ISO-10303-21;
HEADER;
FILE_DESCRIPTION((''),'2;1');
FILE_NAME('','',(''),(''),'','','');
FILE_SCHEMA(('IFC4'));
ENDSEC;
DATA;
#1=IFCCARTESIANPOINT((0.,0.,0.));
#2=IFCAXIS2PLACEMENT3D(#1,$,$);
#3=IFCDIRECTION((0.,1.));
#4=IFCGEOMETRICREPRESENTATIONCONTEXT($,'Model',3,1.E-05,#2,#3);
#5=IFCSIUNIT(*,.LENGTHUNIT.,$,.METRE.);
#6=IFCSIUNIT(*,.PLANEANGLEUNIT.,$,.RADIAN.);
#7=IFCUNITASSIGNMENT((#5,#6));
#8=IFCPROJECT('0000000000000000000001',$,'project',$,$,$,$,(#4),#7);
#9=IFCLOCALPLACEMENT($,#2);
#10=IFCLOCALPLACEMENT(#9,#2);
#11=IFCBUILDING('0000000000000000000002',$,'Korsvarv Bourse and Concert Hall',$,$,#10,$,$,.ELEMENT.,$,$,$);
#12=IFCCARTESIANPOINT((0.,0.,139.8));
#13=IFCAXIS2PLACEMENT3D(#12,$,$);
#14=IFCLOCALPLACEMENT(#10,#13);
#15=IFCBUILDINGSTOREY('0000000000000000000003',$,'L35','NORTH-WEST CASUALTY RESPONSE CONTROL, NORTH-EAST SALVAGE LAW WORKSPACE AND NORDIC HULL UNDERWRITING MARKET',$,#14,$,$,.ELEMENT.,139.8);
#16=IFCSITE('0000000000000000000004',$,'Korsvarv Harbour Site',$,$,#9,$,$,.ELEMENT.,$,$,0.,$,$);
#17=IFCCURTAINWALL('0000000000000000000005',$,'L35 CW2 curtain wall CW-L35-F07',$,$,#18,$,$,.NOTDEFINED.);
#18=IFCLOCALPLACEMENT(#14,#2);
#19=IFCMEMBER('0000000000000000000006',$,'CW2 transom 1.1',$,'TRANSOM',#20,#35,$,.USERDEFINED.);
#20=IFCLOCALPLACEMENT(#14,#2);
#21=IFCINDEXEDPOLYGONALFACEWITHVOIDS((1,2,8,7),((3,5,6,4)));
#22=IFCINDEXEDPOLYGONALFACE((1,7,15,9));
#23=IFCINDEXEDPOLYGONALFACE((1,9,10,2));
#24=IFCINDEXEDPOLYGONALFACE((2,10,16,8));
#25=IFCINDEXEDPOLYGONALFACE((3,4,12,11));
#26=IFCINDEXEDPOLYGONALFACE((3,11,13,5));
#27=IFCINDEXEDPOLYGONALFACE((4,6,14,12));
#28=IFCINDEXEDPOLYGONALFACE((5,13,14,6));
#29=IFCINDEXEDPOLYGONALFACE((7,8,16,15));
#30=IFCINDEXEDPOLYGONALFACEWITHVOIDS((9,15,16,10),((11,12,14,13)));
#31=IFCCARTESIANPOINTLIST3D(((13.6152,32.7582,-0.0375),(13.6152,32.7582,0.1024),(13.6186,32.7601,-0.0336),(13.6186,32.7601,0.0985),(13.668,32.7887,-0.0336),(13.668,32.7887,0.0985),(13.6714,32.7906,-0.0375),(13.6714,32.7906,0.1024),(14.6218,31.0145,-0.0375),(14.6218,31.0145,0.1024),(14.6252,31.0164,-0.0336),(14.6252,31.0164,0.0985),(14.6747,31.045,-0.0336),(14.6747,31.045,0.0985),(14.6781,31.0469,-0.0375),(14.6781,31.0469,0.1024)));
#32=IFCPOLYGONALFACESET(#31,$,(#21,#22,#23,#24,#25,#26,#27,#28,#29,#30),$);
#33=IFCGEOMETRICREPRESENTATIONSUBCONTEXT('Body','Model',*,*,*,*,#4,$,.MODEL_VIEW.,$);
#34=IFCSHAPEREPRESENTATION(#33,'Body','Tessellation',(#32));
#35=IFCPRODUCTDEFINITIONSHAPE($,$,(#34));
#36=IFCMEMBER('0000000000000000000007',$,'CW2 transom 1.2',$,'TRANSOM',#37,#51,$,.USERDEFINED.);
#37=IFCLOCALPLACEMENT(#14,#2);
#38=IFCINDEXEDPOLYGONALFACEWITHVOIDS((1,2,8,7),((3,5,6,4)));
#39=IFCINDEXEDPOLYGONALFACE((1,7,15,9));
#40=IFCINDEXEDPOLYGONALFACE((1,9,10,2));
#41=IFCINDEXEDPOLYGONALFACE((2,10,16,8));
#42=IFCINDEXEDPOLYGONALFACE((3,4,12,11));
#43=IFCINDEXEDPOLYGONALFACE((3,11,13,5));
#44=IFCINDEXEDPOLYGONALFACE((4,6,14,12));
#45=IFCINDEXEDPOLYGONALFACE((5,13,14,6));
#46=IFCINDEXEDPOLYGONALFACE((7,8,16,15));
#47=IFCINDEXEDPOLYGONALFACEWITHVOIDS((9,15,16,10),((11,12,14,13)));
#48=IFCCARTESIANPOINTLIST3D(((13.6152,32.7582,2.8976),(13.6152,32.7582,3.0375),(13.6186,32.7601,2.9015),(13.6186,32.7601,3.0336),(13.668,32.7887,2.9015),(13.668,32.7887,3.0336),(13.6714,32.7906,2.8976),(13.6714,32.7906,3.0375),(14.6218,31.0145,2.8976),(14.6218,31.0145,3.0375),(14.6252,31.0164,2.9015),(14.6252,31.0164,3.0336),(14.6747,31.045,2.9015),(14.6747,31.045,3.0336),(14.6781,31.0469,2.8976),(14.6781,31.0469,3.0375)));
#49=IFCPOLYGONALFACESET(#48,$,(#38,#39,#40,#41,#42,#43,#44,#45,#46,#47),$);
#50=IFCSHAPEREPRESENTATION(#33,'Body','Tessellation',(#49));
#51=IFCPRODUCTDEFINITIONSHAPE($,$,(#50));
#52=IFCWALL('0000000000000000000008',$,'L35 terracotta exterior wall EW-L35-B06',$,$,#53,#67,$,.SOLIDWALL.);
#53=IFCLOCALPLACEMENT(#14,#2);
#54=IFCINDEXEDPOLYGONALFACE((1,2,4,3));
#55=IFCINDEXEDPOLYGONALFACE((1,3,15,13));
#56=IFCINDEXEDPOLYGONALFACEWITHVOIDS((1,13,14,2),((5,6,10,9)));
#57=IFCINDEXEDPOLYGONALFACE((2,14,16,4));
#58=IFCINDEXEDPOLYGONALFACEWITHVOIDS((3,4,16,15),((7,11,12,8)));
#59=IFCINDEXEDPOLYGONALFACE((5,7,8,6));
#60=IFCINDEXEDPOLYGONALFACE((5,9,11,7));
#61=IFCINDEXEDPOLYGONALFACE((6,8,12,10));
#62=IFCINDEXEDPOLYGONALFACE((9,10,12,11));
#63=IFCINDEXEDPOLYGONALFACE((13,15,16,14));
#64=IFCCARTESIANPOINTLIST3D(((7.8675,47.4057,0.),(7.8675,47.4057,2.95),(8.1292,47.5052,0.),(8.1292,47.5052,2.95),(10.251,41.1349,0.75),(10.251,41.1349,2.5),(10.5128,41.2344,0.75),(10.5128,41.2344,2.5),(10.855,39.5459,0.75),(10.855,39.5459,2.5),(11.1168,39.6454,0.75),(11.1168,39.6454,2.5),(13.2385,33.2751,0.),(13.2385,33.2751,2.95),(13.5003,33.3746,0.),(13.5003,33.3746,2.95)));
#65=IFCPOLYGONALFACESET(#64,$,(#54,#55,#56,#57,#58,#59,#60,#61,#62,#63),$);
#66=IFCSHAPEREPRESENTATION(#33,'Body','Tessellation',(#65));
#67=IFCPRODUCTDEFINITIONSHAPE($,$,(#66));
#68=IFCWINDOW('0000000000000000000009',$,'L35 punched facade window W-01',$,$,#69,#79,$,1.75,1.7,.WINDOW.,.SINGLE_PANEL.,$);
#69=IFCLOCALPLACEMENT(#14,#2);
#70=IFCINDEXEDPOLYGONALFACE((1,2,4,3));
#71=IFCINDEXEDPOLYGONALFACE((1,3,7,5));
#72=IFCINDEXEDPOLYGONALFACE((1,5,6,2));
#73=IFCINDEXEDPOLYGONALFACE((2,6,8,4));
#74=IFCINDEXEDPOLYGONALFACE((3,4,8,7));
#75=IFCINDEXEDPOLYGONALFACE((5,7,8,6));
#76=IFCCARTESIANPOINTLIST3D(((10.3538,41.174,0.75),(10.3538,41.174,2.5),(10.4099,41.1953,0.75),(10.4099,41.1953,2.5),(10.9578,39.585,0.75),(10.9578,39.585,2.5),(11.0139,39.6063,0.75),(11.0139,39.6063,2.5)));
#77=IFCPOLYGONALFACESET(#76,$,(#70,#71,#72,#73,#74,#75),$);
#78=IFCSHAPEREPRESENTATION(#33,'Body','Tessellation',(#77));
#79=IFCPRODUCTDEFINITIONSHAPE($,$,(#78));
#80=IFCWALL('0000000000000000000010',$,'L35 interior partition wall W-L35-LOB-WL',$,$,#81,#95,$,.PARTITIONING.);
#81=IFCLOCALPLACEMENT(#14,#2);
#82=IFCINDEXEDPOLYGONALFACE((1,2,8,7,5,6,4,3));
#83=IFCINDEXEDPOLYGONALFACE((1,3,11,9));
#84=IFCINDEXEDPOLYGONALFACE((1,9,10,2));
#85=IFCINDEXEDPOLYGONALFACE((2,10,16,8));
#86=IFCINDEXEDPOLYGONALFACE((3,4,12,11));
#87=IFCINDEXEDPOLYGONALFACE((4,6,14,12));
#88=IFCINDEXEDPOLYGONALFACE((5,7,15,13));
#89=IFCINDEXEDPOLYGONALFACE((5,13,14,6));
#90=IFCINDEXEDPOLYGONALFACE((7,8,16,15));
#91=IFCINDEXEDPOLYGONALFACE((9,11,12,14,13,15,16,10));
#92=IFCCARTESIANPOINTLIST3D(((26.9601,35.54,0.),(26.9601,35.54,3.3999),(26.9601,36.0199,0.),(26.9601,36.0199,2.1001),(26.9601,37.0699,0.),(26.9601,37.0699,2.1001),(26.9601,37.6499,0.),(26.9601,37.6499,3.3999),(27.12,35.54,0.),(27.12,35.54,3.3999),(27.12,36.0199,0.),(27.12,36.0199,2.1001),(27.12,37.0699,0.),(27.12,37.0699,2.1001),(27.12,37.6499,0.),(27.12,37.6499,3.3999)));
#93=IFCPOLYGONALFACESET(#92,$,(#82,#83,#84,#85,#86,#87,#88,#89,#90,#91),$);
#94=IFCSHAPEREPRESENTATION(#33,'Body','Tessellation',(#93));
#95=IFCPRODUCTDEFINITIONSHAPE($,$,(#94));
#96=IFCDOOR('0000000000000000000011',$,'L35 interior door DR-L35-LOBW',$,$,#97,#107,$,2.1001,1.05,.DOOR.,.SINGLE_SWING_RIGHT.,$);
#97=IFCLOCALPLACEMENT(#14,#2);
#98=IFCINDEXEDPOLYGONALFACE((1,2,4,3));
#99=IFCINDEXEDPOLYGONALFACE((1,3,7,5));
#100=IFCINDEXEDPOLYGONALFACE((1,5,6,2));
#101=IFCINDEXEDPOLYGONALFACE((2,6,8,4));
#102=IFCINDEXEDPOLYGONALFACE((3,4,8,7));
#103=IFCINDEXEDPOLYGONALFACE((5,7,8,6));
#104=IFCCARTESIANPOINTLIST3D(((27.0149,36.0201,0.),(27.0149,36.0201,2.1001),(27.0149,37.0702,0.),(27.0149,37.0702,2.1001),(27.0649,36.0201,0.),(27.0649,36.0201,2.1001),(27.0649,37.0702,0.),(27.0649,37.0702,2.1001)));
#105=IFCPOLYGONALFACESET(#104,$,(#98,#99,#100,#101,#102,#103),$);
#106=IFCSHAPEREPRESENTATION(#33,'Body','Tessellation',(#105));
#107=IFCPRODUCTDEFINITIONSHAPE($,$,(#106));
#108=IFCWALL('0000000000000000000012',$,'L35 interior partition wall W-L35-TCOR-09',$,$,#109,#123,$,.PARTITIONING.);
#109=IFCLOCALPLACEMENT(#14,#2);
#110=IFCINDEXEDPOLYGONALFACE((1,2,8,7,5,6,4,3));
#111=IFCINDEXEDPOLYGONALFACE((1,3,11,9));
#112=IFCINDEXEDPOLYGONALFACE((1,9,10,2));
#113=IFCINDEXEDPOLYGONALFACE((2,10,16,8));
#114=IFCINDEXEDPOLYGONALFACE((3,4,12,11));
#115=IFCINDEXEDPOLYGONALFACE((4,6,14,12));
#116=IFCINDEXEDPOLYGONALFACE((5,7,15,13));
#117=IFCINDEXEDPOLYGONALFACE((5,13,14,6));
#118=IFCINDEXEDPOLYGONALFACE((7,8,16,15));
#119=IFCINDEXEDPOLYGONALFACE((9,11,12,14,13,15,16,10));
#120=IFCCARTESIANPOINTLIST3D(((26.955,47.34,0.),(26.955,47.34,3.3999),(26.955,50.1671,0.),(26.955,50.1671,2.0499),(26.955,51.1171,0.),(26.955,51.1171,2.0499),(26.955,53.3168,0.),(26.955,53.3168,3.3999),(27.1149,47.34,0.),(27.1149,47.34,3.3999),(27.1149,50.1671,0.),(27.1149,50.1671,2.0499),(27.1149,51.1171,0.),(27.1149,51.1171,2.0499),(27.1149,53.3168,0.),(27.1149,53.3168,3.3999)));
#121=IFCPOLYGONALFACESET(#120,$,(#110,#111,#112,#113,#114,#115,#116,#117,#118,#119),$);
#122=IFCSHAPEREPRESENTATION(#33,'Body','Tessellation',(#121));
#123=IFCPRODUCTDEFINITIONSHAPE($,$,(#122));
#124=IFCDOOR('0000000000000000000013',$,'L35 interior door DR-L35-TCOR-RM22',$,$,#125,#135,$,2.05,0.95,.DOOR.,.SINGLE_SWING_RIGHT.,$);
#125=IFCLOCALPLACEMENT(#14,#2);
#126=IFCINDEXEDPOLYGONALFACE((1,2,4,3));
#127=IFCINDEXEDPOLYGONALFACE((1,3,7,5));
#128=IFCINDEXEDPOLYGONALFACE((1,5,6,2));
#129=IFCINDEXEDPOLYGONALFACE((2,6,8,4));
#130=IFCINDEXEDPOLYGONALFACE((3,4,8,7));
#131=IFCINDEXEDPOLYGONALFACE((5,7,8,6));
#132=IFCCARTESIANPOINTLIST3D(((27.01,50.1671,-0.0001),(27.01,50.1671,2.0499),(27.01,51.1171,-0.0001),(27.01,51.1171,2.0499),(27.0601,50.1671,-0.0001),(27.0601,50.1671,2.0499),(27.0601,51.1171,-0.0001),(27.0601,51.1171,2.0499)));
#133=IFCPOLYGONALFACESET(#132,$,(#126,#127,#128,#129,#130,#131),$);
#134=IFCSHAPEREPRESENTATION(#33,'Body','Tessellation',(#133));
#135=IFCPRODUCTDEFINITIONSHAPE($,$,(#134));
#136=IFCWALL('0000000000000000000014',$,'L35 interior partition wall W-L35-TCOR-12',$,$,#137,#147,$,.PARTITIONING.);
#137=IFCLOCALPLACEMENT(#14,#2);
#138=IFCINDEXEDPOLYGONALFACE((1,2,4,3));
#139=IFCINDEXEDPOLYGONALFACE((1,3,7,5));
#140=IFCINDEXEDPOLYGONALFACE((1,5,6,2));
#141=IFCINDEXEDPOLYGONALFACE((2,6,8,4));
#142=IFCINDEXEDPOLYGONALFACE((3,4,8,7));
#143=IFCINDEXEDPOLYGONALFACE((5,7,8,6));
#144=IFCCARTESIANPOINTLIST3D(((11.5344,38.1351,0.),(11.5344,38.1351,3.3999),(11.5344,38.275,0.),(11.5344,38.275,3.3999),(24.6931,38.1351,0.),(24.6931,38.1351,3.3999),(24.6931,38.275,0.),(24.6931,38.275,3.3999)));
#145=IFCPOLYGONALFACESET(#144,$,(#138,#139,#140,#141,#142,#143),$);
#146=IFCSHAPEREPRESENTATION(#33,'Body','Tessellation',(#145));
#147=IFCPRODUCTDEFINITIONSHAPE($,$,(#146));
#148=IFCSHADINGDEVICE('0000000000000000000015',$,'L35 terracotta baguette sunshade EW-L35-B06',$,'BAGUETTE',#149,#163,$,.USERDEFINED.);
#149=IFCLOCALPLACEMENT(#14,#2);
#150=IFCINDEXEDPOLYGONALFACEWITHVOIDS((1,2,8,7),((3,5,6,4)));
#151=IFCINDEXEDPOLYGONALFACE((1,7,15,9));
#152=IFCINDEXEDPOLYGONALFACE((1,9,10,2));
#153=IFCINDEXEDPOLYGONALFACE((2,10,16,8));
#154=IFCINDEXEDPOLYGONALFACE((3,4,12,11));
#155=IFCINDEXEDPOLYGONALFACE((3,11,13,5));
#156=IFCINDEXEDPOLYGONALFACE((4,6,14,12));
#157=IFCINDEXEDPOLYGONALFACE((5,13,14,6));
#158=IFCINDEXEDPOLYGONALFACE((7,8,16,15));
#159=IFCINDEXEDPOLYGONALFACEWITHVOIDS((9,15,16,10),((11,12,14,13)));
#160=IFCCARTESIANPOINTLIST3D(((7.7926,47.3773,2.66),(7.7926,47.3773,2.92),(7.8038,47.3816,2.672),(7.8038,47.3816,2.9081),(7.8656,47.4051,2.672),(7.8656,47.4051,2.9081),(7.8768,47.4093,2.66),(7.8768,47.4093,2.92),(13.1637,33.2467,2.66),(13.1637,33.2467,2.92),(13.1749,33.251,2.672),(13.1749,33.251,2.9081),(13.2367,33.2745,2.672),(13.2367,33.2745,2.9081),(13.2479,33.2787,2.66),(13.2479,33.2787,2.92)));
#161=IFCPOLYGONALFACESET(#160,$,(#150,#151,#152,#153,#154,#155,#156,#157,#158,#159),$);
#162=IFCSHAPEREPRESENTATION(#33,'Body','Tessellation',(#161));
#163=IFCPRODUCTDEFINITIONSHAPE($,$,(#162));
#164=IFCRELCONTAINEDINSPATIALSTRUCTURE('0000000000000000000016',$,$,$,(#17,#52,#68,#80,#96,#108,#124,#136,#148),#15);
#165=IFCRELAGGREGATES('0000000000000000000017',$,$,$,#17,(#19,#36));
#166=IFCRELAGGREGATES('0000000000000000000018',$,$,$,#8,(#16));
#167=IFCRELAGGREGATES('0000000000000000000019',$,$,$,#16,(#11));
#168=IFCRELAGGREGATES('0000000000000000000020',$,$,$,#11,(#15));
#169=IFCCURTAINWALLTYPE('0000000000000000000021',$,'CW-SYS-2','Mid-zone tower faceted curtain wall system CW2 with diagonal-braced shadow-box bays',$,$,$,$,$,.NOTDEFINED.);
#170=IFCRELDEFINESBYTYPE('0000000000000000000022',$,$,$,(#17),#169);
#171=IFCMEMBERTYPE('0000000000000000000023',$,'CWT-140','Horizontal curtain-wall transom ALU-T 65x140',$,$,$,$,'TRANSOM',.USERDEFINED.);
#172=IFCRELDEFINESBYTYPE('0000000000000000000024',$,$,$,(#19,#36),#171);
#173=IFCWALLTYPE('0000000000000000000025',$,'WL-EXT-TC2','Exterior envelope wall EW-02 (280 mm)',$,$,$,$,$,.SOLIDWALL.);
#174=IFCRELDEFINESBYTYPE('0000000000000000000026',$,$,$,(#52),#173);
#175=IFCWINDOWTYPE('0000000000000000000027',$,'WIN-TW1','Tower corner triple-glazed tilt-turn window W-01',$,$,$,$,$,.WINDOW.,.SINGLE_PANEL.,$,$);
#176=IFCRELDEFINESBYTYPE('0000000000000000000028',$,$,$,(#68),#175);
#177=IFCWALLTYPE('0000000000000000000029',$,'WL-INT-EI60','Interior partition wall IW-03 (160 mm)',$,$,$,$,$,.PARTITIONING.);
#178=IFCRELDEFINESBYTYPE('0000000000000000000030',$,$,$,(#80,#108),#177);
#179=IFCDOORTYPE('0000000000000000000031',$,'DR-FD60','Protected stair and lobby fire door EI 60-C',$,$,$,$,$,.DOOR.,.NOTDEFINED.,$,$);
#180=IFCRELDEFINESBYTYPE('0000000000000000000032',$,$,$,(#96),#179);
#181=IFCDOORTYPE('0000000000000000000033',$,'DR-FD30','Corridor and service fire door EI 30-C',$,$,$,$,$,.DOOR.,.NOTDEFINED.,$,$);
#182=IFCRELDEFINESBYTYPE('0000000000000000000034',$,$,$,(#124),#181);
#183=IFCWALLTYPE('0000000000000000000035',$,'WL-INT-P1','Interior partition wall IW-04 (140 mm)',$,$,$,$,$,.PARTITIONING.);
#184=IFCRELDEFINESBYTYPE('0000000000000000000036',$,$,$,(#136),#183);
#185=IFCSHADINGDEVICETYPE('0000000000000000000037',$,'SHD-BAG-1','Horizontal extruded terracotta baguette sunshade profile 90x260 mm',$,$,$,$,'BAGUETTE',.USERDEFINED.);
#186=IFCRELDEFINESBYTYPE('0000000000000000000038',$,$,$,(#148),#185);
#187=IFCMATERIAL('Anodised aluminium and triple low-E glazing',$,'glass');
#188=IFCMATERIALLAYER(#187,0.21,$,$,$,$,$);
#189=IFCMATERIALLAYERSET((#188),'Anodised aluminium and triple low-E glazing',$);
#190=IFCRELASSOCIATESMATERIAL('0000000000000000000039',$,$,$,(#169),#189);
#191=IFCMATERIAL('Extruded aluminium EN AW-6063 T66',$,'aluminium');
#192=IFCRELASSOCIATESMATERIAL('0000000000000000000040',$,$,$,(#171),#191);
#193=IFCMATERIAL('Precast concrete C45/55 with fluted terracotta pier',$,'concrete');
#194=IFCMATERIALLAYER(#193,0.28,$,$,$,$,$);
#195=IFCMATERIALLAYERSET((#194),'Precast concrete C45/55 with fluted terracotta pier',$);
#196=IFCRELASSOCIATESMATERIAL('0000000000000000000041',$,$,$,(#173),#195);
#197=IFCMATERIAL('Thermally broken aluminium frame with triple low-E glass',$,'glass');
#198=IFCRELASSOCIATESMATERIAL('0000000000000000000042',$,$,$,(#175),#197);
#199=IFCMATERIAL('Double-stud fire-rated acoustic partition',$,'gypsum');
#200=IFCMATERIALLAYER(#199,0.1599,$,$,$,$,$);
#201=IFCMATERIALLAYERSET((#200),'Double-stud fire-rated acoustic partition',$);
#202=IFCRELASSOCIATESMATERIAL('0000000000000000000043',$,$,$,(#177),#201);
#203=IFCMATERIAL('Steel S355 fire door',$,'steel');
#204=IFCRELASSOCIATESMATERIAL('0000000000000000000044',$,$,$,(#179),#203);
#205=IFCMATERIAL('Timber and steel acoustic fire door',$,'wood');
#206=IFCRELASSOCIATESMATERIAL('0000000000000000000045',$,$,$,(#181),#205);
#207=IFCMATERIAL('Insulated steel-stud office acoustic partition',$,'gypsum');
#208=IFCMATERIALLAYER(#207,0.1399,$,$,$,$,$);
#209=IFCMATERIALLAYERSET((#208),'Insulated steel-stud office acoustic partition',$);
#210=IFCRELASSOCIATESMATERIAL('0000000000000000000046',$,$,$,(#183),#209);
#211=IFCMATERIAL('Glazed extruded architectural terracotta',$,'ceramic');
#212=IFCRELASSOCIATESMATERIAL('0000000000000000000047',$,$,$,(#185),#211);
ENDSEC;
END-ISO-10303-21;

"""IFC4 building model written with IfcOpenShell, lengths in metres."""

from ifc_helpers import new_model, si_unit, direction, frame, frame_2d, origin, origin_2d, place, context, subcontext, project, spatial, rectangle, hollow_rectangle, extrude, source, transform, mapped, material, layer, layer_set, material_profile, profile_set, type_object, element, fill, aggregate, save


model = new_model("IFC4")

# Units and contexts
model_context = context("Model", 3, precision=1e-05, world=origin(), true_north=direction((0.0, 1.0)))
body_context = subcontext(model_context, "Body", "Model", "MODEL_VIEW")
ifc_project = project(units=[si_unit("LENGTHUNIT", "METRE"), si_unit("PLANEANGLEUNIT", "RADIAN")], contexts=[model_context])

# Site, building, storey
site_placement = place(None, origin())
site = spatial("IfcSite", under=ifc_project, at=site_placement, Name="Korsvarv Harbour Site", CompositionType="ELEMENT", RefElevation=0.0)
building_placement = place(site_placement, origin())
building = spatial("IfcBuilding", under=site, at=building_placement, Name="Korsvarv Bourse and Concert Hall", CompositionType="ELEMENT")
storey_placement = place(building_placement, frame((0.0, 0.0, 139.8)))
storey = spatial("IfcBuildingStorey", under=building, at=storey_placement, Name="L35", Description="NORTH-WEST CASUALTY RESPONSE CONTROL, NORTH-EAST SALVAGE LAW WORKSPACE AND NORDIC HULL UNDERWRITING MARKET", CompositionType="ELEMENT", Elevation=139.8)

# Curtain wall, members
ifc_material_1 = material(Name="Anodised aluminium and triple low-E glazing", Category="glass")
ifc_layer_1 = layer(ifc_material_1, 0.21)
ifc_layer_set_1 = layer_set([ifc_layer_1], Name="Anodised aluminium and triple low-E glazing")
curtain_wall_type = type_object("IfcCurtainWallType", Name="CW-SYS-2", Description="Mid-zone tower faceted curtain wall system CW2 with diagonal-braced shadow-box bays", PredefinedType="NOTDEFINED", material=ifc_layer_set_1)
curtain_wall_placement = place(storey_placement, origin())
curtain_wall = element("IfcCurtainWall", 1, at=curtain_wall_placement, inside=storey, type_object=curtain_wall_type, Name="L35 CW2 curtain wall CW-L35-F07", PredefinedType="NOTDEFINED")
ifc_material_2 = material(Name="Extruded aluminium EN AW-6063 T66", Category="aluminium")
ifc_material_profile_1 = material_profile(ifc_material_2, hollow_rectangle(XDim=0.0649, YDim=0.1399, WallThickness=0.0039, at=origin_2d()), Name="ALU-T 65x140")
ifc_profile_set_1 = profile_set([ifc_material_profile_1], Name="Extruded aluminium EN AW-6063 T66")
member_type_1 = type_object("IfcMemberType", Name="CWT-140", Description="Horizontal curtain-wall transom ALU-T 65x140", ElementType="TRANSOM", PredefinedType="USERDEFINED", material=ifc_profile_set_1)
shared_shape_1 = source(origin(), body_context, "Body", "SweptSolid", [
    extrude(hollow_rectangle(XDim=0.0649, YDim=0.1399, WallThickness=0.0039, at=origin_2d()), origin(), (0.0, 0.0, 1.0), 2.0134),
])
member_1_placement = place(storey_placement, frame((13.6433, 32.7744, 0.0325), z_axis=(0.49996, -0.866048, 0.0), x_axis=(0.866048, 0.49996, 0.0)))
member_1 = element("IfcMember", 2, at=member_1_placement, type_object=member_type_1, Name="CW2 transom 1.1", ObjectType="TRANSOM", PredefinedType="USERDEFINED", context=body_context, shape_type="MappedRepresentation", body=[
    mapped(shared_shape_1, transform((0.0, 0.0, 0.0), scale=1.0)),
])
member_2_placement = place(storey_placement, frame((13.6433, 32.7744, 2.9675), z_axis=(0.49996, -0.866048, 0.0), x_axis=(0.866048, 0.49996, 0.0)))
member_2 = element("IfcMember", 3, at=member_2_placement, type_object=member_type_1, Name="CW2 transom 1.2", ObjectType="TRANSOM", PredefinedType="USERDEFINED", context=body_context, shape_type="MappedRepresentation", body=[
    mapped(shared_shape_1, transform((0.0, 0.0, 0.0), scale=1.0)),
])
aggregate(curtain_wall, [member_1, member_2])

# Wall, opening, window
ifc_material_3 = material(Name="Precast concrete C45/55 with fluted terracotta pier", Category="concrete")
ifc_layer_2 = layer(ifc_material_3, 0.28)
ifc_layer_set_2 = layer_set([ifc_layer_2], Name="Precast concrete C45/55 with fluted terracotta pier")
wall_type_1 = type_object("IfcWallType", Name="WL-EXT-TC2", Description="Exterior envelope wall EW-02 (280 mm)", PredefinedType="SOLIDWALL", material=ifc_layer_set_2)
wall_1_placement = place(storey_placement, frame((7.9983, 47.4556, 0.0), z_axis=(0.0, 0.0, 1.0), x_axis=(0.355302, -0.934752, 0.0)))
wall_1 = element("IfcWall", 4, at=wall_1_placement, inside=storey, type_object=wall_type_1, Name="L35 terracotta exterior wall EW-L35-B06", PredefinedType="SOLIDWALL", context=body_context, shape_type="SweptSolid", body=[
    extrude(rectangle(XDim=15.1169, YDim=0.28, at=frame_2d((7.5586, 0.0))), origin(), (0.0, 0.0, 1.0), 2.95),
])
opening_1_placement = place(wall_1_placement, frame((6.7085, 0.0, 0.75)))
opening_1 = element("IfcOpeningElement", 5, at=opening_1_placement, cuts=wall_1, PredefinedType="OPENING", context=body_context, shape_type="SweptSolid", body=[
    extrude(rectangle(XDim=1.7, YDim=1.75, at=frame_2d((0.8501, 0.875))), frame((0.0, 0.1499, 0.0), z_axis=(0.0, -1.0, 0.0), x_axis=(1.0, 0.0, 0.0)), (0.0, 0.0, 1.0), 0.3),
])
ifc_material_4 = material(Name="Thermally broken aluminium frame with triple low-E glass", Category="glass")
window_type = type_object("IfcWindowType", Name="WIN-TW1", Description="Tower corner triple-glazed tilt-turn window W-01", PartitioningType="SINGLE_PANEL", PredefinedType="WINDOW", material=ifc_material_4)
window_placement = place(opening_1_placement, origin())
window = element("IfcWindow", 6, at=window_placement, inside=storey, type_object=window_type, Name="L35 punched facade window W-01", OverallHeight=1.75, OverallWidth=1.7, PartitioningType="SINGLE_PANEL", PredefinedType="WINDOW", context=body_context, shape_type="SweptSolid", body=[
    extrude(rectangle(XDim=1.7, YDim=1.75, at=frame_2d((0.8501, 0.875))), frame((0.0, 0.03, 0.0), z_axis=(0.0, -1.0, 0.0), x_axis=(1.0, 0.0, 0.0)), (0.0, 0.0, 1.0), 0.0601),
])
fill(opening_1, window)

# Walls, openings, doors
ifc_material_5 = material(Name="Double-stud fire-rated acoustic partition", Category="gypsum")
ifc_layer_3 = layer(ifc_material_5, 0.1599)
ifc_layer_set_3 = layer_set([ifc_layer_3], Name="Double-stud fire-rated acoustic partition")
wall_type_2 = type_object("IfcWallType", Name="WL-INT-EI60", Description="Interior partition wall IW-03 (160 mm)", PredefinedType="PARTITIONING", material=ifc_layer_set_3)
wall_2_placement = place(storey_placement, frame((27.04, 35.54, 0.0), z_axis=(0.0, 0.0, 1.0), x_axis=(0.0, 1.0, 0.0)))
wall_2 = element("IfcWall", 7, at=wall_2_placement, inside=storey, type_object=wall_type_2, Name="L35 interior partition wall W-L35-LOB-WL", PredefinedType="PARTITIONING", context=body_context, shape_type="SweptSolid", body=[
    extrude(rectangle(XDim=2.1099, YDim=0.1599, at=frame_2d((1.0549, 0.0))), origin(), (0.0, 0.0, 1.0), 3.3999),
])
opening_2_placement = place(wall_2_placement, frame((0.48, 0.0, 0.0)))
opening_2 = element("IfcOpeningElement", 8, at=opening_2_placement, cuts=wall_2, PredefinedType="OPENING", context=body_context, shape_type="SweptSolid", body=[
    extrude(rectangle(XDim=1.05, YDim=2.1001, at=frame_2d((0.5249, 1.05))), frame((0.0, 0.0898, 0.0), z_axis=(0.0, -1.0, 0.0), x_axis=(1.0, 0.0, 0.0)), (0.0, 0.0, 1.0), 0.1799),
])
ifc_material_6 = material(Name="Steel S355 fire door", Category="steel")
door_type_1 = type_object("IfcDoorType", Name="DR-FD60", Description="Protected stair and lobby fire door EI 60-C", OperationType="NOTDEFINED", PredefinedType="DOOR", material=ifc_material_6)
door_1_placement = place(opening_2_placement, frame((1.05, 0.0, 0.0), z_axis=(0.0, 0.0, 1.0), x_axis=(-1.0, 0.0, 0.0)))
door_1 = element("IfcDoor", 9, at=door_1_placement, inside=storey, type_object=door_type_1, Name="L35 interior door DR-L35-LOBW", OperationType="SINGLE_SWING_RIGHT", OverallHeight=2.1001, OverallWidth=1.05, PredefinedType="DOOR", context=body_context, shape_type="SweptSolid", body=[
    extrude(rectangle(XDim=1.05, YDim=2.1001, at=frame_2d((0.5249, 1.05))), frame((0.0, 0.0249, 0.0), z_axis=(0.0, -1.0, 0.0), x_axis=(1.0, 0.0, 0.0)), (0.0, 0.0, 1.0), 0.05),
])
fill(opening_2, door_1)
wall_3_placement = place(storey_placement, frame((27.0349, 47.3401, 0.0), z_axis=(0.0, 0.0, 1.0), x_axis=(0.0, 1.0, 0.0)))
wall_3 = element("IfcWall", 10, at=wall_3_placement, inside=storey, type_object=wall_type_2, Name="L35 interior partition wall W-L35-TCOR-09", PredefinedType="PARTITIONING", context=body_context, shape_type="SweptSolid", body=[
    extrude(rectangle(XDim=5.9768, YDim=0.1599, at=frame_2d((2.9883, 0.0))), origin(), (0.0, 0.0, 1.0), 3.3999),
])
opening_3_placement = place(wall_3_placement, frame((2.8269, 0.0, 0.0)))
opening_3 = element("IfcOpeningElement", 11, at=opening_3_placement, cuts=wall_3, PredefinedType="OPENING", context=body_context, shape_type="SweptSolid", body=[
    extrude(rectangle(XDim=0.95, YDim=2.05, at=frame_2d((0.4751, 1.0249))), frame((0.0, 0.0898, 0.0), z_axis=(0.0, -1.0, 0.0), x_axis=(1.0, 0.0, 0.0)), (0.0, 0.0, 1.0), 0.1799),
])
ifc_material_7 = material(Name="Timber and steel acoustic fire door", Category="wood")
door_type_2 = type_object("IfcDoorType", Name="DR-FD30", Description="Corridor and service fire door EI 30-C", OperationType="NOTDEFINED", PredefinedType="DOOR", material=ifc_material_7)
door_2_placement = place(opening_3_placement, origin())
door_2 = element("IfcDoor", 12, at=door_2_placement, inside=storey, type_object=door_type_2, Name="L35 interior door DR-L35-TCOR-RM22", OperationType="SINGLE_SWING_RIGHT", OverallHeight=2.05, OverallWidth=0.95, PredefinedType="DOOR", context=body_context, shape_type="SweptSolid", body=[
    extrude(rectangle(XDim=0.95, YDim=2.05, at=frame_2d((0.4751, 1.0249))), frame((0.0, 0.0249, 0.0), z_axis=(0.0, -1.0, 0.0), x_axis=(1.0, 0.0, 0.0)), (0.0, 0.0, 1.0), 0.05),
])
fill(opening_3, door_2)

# Wall
ifc_material_8 = material(Name="Insulated steel-stud office acoustic partition", Category="gypsum")
ifc_layer_4 = layer(ifc_material_8, 0.1399)
ifc_layer_set_4 = layer_set([ifc_layer_4], Name="Insulated steel-stud office acoustic partition")
wall_type_3 = type_object("IfcWallType", Name="WL-INT-P1", Description="Interior partition wall IW-04 (140 mm)", PredefinedType="PARTITIONING", material=ifc_layer_set_4)
wall_4_placement = place(storey_placement, frame((11.5344, 38.2051, 0.0), z_axis=(0.0, 0.0, 1.0), x_axis=(1.0, 0.0, 0.0)))
element("IfcWall", 13, at=wall_4_placement, inside=storey, type_object=wall_type_3, Name="L35 interior partition wall W-L35-TCOR-12", PredefinedType="PARTITIONING", context=body_context, shape_type="SweptSolid", body=[
    extrude(rectangle(XDim=13.1587, YDim=0.1399, at=frame_2d((6.5793, 0.0))), origin(), (0.0, 0.0, 1.0), 3.3999),
])

# Shading device
ifc_material_9 = material(Name="Glazed extruded architectural terracotta", Category="ceramic")
ifc_material_profile_2 = material_profile(ifc_material_9, hollow_rectangle(XDim=0.0901, YDim=0.26, WallThickness=0.012, at=origin_2d()), Name="TC-BAG 90x260")
ifc_profile_set_2 = profile_set([ifc_material_profile_2], Name="Glazed extruded architectural terracotta")
shading_device_type = type_object("IfcShadingDeviceType", Name="SHD-BAG-1", Description="Horizontal extruded terracotta baguette sunshade profile 90x260 mm", ElementType="BAGUETTE", PredefinedType="USERDEFINED", material=ifc_profile_set_2)
shared_shape_2 = source(origin(), body_context, "Body", "SweptSolid", [
    extrude(hollow_rectangle(XDim=0.0901, YDim=0.26, WallThickness=0.012, at=origin_2d()), origin(), (0.0, 0.0, 1.0), 15.1169),
])
shading_device_placement = place(storey_placement, frame((7.8347, 47.3933, 2.79), z_axis=(0.355302, -0.934752, 0.0), x_axis=(0.934752, 0.355302, 0.0)))
element("IfcShadingDevice", 14, at=shading_device_placement, inside=storey, type_object=shading_device_type, Name="L35 terracotta baguette sunshade EW-L35-B06", ObjectType="BAGUETTE", PredefinedType="USERDEFINED", context=body_context, shape_type="MappedRepresentation", body=[
    mapped(shared_shape_2, transform((0.0, 0.0, 0.0), scale=1.0)),
])

save(model, "model.ifc")
